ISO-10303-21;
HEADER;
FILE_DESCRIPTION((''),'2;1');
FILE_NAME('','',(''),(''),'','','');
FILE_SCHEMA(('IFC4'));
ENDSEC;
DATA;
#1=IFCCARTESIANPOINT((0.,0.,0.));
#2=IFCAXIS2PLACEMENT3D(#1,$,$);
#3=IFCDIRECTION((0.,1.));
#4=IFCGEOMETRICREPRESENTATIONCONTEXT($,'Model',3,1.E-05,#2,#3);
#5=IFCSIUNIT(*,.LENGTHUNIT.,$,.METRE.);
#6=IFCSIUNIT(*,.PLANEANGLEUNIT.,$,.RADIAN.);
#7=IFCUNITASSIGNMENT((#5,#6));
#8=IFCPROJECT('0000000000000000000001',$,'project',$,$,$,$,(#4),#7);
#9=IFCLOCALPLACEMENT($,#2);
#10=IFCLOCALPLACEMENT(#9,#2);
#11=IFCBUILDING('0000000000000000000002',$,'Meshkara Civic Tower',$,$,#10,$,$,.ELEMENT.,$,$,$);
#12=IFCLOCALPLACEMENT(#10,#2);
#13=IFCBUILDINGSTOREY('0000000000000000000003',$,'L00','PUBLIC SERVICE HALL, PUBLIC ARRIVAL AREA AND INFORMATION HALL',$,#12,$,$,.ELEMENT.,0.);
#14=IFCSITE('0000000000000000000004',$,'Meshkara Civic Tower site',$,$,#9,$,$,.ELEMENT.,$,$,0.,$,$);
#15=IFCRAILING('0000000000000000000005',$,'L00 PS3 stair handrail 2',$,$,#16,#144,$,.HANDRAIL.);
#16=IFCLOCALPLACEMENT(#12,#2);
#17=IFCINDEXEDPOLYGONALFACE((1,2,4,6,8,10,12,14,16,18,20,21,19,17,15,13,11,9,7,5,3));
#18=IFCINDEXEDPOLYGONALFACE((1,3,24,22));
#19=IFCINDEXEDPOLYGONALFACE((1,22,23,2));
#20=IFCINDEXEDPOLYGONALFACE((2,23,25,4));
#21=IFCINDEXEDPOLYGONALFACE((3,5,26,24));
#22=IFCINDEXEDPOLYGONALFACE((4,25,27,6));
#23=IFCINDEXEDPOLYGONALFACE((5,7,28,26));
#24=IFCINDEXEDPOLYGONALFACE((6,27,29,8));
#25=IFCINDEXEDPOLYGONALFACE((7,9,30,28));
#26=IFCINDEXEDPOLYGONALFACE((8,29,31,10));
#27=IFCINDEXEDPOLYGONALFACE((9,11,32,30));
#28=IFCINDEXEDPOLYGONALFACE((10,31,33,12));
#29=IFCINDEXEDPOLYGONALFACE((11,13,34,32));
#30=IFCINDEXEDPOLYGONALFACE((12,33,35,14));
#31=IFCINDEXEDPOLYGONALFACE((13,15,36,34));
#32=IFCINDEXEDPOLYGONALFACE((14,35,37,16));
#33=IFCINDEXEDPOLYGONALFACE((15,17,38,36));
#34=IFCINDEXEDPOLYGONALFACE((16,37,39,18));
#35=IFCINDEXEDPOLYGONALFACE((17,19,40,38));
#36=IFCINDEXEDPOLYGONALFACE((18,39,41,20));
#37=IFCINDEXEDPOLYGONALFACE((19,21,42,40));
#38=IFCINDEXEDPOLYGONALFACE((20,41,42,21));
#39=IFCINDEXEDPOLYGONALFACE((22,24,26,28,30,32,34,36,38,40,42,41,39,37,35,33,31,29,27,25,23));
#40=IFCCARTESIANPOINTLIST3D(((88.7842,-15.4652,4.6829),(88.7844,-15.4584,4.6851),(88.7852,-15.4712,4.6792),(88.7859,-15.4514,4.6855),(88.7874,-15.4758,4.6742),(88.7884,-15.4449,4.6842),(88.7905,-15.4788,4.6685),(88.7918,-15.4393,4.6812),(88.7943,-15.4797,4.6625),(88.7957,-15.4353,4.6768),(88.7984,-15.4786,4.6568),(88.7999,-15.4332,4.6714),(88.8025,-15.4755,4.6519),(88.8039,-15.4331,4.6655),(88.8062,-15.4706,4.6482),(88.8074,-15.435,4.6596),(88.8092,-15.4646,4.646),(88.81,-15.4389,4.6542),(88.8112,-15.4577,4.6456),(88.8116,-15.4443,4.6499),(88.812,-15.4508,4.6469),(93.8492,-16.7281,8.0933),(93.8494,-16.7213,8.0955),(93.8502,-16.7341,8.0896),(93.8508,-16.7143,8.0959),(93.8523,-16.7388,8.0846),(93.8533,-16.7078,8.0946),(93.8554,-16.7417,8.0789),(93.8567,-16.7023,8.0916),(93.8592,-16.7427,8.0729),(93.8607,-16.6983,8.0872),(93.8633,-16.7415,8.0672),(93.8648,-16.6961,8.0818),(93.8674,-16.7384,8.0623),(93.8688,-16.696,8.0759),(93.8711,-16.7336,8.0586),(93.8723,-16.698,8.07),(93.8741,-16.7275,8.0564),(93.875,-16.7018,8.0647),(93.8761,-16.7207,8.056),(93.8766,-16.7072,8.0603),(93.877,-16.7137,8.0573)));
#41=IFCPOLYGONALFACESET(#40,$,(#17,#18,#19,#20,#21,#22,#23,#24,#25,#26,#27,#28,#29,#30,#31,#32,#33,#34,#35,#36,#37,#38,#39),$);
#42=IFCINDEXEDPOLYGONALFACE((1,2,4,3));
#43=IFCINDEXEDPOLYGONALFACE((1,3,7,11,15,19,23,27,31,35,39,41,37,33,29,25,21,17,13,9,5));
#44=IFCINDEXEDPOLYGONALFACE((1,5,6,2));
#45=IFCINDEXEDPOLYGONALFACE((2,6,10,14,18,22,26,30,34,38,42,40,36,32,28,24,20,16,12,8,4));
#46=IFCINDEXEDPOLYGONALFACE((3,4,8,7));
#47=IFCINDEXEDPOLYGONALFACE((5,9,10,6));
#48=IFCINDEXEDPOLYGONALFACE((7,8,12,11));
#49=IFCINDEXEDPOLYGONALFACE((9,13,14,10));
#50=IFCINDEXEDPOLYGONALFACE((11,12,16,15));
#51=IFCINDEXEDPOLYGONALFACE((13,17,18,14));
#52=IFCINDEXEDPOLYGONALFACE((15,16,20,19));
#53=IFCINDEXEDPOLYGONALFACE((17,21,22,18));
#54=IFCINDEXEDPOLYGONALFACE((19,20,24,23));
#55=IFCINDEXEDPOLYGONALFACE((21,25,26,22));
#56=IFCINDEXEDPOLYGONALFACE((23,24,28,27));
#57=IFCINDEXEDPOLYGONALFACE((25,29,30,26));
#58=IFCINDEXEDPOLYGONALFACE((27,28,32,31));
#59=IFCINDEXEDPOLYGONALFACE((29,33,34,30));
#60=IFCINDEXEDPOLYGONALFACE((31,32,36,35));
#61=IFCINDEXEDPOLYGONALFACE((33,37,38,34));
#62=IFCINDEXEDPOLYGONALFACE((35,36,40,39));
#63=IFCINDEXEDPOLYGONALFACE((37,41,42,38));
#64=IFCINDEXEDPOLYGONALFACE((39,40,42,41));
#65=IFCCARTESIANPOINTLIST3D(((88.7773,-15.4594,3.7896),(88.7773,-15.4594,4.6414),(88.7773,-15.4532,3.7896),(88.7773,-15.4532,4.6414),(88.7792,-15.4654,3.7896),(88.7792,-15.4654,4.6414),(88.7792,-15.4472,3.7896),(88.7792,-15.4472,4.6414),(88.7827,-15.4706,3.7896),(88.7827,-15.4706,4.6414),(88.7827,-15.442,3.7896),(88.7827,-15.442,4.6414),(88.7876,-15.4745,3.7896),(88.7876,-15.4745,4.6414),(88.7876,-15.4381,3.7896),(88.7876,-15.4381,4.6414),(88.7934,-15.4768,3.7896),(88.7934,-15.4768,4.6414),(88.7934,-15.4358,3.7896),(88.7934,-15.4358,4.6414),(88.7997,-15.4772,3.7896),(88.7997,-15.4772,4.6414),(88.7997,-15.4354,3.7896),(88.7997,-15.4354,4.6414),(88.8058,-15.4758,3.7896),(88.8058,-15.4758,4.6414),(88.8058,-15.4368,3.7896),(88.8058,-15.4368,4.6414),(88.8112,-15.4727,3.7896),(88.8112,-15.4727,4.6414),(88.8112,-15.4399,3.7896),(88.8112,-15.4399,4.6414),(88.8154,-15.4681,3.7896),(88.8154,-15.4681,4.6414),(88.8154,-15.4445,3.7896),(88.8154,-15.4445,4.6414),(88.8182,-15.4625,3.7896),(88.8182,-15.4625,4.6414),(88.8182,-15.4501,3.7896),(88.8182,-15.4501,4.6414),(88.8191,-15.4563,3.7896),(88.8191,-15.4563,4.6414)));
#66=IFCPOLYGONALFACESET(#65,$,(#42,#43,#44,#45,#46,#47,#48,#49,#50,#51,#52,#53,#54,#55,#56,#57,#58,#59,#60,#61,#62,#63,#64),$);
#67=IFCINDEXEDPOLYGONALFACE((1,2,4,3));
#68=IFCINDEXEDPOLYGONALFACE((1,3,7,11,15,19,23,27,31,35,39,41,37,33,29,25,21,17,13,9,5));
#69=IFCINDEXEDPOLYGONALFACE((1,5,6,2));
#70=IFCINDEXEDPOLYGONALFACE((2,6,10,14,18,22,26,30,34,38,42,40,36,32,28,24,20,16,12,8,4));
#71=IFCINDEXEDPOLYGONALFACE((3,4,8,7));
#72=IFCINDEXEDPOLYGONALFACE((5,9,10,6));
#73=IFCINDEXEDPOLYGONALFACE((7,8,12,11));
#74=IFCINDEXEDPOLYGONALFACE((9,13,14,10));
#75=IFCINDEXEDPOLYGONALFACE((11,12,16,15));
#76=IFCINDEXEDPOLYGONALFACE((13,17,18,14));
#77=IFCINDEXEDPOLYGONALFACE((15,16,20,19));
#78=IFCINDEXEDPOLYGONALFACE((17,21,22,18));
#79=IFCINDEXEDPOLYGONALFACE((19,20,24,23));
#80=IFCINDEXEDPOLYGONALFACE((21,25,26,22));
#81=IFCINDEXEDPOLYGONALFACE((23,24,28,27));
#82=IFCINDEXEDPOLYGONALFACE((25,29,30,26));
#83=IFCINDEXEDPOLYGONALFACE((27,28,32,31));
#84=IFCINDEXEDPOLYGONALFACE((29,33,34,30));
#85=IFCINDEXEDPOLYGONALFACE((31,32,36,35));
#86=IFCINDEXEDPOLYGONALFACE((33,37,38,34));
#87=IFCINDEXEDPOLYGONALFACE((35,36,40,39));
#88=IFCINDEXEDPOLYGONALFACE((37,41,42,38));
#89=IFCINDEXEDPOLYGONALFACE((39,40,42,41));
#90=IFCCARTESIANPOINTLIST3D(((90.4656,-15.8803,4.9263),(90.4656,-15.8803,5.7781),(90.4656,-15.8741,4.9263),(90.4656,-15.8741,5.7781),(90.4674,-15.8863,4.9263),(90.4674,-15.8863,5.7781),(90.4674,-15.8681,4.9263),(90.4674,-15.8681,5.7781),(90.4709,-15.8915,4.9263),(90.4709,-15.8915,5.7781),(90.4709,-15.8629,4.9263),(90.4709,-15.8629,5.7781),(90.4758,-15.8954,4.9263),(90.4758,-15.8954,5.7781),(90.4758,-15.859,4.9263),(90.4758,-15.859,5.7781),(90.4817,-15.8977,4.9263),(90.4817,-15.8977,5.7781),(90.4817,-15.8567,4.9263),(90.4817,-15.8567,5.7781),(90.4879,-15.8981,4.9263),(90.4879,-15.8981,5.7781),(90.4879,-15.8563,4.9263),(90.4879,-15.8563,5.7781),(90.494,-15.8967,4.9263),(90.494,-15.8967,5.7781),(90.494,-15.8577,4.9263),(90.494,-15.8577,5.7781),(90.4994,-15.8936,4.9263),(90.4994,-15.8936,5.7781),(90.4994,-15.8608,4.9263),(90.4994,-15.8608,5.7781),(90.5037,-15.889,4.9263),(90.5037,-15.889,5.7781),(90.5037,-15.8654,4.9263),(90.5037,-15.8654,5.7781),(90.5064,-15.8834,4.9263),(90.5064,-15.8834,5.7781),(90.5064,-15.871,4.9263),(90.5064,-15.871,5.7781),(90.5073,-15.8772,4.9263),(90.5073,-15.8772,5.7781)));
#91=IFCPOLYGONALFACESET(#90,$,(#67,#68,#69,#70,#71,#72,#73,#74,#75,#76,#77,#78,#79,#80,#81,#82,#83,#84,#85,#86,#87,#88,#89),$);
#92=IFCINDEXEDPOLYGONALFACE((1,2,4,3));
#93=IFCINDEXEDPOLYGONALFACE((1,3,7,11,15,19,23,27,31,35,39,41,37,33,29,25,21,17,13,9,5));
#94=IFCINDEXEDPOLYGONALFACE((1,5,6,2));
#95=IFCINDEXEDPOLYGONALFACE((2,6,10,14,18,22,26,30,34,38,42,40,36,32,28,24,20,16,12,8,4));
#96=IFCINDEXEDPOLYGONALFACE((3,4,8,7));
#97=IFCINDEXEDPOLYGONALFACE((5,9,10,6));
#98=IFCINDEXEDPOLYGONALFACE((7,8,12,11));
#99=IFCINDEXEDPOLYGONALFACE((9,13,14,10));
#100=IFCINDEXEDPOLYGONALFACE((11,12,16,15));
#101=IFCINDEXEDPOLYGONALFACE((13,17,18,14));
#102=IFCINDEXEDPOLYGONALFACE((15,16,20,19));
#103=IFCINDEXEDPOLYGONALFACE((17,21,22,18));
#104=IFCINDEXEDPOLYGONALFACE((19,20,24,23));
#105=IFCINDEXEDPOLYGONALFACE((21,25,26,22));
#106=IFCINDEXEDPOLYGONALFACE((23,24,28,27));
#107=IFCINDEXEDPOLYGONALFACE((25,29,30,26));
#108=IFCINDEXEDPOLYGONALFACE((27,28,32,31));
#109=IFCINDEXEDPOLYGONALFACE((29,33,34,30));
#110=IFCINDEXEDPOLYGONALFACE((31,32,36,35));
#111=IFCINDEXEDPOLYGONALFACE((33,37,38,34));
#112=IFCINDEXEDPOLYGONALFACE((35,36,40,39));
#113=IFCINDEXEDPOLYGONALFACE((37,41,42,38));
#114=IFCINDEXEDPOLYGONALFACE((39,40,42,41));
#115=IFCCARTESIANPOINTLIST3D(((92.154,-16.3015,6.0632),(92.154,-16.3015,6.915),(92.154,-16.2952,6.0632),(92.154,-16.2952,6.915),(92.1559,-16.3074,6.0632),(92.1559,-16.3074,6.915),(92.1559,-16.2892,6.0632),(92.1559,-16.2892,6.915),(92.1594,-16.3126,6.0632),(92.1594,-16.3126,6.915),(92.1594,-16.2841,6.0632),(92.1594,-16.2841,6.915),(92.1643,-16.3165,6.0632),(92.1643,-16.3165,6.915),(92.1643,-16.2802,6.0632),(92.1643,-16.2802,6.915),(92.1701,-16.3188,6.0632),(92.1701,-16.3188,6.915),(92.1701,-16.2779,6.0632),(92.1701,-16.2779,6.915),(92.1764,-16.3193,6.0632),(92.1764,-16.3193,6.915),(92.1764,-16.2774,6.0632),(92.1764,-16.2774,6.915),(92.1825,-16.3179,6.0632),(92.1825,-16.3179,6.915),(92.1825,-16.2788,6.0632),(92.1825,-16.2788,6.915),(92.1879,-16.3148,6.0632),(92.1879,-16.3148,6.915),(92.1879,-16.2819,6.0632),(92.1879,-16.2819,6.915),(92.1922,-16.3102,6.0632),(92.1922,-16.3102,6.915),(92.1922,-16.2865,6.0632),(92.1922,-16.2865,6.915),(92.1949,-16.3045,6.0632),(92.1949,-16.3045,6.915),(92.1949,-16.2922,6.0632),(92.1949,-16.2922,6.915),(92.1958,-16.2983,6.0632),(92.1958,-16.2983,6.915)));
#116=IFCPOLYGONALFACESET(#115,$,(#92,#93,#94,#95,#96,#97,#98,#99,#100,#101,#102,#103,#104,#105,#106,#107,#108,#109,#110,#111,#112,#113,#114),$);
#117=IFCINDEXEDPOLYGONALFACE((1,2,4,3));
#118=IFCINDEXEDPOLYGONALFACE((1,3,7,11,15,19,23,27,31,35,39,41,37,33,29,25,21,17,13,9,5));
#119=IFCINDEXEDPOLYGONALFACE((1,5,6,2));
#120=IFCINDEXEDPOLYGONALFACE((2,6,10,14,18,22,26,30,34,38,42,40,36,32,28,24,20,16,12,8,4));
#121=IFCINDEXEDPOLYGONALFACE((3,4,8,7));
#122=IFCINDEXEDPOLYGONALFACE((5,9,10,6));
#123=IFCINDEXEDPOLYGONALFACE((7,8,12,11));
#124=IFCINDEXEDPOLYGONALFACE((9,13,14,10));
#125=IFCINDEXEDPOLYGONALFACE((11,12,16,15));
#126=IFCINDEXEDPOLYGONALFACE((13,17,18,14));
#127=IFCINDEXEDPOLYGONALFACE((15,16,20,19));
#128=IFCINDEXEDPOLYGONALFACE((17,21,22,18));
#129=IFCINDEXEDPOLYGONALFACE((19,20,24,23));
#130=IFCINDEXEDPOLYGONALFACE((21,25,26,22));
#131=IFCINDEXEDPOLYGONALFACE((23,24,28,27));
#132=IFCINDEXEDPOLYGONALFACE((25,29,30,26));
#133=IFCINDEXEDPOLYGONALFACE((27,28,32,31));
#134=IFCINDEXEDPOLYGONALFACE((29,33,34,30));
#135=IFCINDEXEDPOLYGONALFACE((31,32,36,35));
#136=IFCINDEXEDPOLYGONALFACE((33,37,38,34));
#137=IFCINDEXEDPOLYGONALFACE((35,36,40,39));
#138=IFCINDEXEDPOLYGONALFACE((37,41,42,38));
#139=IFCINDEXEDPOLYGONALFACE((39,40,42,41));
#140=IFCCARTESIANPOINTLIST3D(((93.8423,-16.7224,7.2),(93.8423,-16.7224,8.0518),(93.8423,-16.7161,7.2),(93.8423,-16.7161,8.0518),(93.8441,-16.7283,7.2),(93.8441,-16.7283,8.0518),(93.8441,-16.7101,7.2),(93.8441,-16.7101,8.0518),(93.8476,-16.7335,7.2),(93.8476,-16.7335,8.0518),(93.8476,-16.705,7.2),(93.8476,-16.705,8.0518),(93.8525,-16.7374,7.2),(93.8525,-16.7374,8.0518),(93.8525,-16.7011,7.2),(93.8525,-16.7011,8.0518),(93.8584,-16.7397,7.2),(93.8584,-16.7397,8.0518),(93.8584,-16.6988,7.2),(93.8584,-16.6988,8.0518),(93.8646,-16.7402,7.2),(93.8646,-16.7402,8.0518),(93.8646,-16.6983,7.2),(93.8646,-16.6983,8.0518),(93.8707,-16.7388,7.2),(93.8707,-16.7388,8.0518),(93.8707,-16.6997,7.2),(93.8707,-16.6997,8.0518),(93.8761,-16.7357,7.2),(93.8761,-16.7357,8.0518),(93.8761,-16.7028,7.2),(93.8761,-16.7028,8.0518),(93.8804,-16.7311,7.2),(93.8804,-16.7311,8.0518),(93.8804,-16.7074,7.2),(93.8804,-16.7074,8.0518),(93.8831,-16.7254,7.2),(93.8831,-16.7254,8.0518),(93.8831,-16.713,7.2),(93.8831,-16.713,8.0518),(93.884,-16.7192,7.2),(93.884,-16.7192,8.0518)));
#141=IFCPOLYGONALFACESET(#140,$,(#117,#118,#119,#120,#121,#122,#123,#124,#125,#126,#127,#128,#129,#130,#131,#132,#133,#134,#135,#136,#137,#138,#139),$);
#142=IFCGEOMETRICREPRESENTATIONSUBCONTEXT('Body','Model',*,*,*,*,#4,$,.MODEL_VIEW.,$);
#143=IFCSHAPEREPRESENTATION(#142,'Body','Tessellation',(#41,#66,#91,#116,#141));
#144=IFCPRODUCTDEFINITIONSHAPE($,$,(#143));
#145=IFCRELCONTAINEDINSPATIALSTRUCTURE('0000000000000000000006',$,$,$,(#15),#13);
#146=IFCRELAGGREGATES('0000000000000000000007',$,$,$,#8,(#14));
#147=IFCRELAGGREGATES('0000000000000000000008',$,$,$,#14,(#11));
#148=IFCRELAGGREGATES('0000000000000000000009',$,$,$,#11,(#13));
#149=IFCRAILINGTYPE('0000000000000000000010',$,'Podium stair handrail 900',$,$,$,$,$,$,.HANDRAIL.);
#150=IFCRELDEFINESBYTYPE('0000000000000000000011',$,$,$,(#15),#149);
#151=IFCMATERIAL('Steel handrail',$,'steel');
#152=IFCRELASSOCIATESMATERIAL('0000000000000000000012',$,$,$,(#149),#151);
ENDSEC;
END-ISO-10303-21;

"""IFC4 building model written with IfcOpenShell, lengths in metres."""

from ifc_helpers import new_model, si_unit, direction, frame, origin, origin_2d, place, context, subcontext, project, spatial, circle, extrude, material, type_object, element, save


model = new_model("IFC4")

# Units and contexts
model_context = context("Model", 3, precision=1e-05, world=origin(), true_north=direction((0.0, 1.0)))
body_context = subcontext(model_context, "Body", "Model", "MODEL_VIEW")
ifc_project = project(units=[si_unit("LENGTHUNIT", "METRE"), si_unit("PLANEANGLEUNIT", "RADIAN")], contexts=[model_context])

# Site, building, storey
site_placement = place(None, origin())
site = spatial("IfcSite", under=ifc_project, at=site_placement, Name="Meshkara Civic Tower site", CompositionType="ELEMENT", RefElevation=0.0)
building_placement = place(site_placement, origin())
building = spatial("IfcBuilding", under=site, at=building_placement, Name="Meshkara Civic Tower", CompositionType="ELEMENT")
storey_placement = place(building_placement, origin())
storey = spatial("IfcBuildingStorey", under=building, at=storey_placement, Name="L00", Description="PUBLIC SERVICE HALL, PUBLIC ARRIVAL AREA AND INFORMATION HALL", CompositionType="ELEMENT", Elevation=0.0)

# Railing
ifc_material_1 = material(Name="Steel handrail", Category="steel")
railing_type_1 = type_object("IfcRailingType", Name="Podium stair handrail 900", PredefinedType="HANDRAIL", material=ifc_material_1)
railing_1_placement = place(storey_placement, frame((88.7981, -15.4563, 3.7896)))
element("IfcRailing", 1, at=railing_1_placement, inside=storey, type_object=railing_type_1, Name="L00 PS3 stair handrail 2", PredefinedType="HANDRAIL", context=body_context, shape_type="SweptSolid", body=[
    extrude(circle(Radius=0.0239, at=origin_2d()), frame((0.0, 0.0, 0.876), z_axis=(0.812296, -0.202545, 0.546947), x_axis=(0.241941, 0.970291, 0.0)), (0.0, 0.0, 1.0), 6.2354),
    extrude(circle(Radius=0.021, at=origin_2d()), origin(), (0.0, 0.0, 1.0), 0.8518),
    extrude(circle(Radius=0.021, at=origin_2d()), frame((1.6882, -0.4209, 1.1367)), (0.0, 0.0, 1.0), 0.8518),
    extrude(circle(Radius=0.021, at=origin_2d()), frame((3.3767, -0.842, 2.2737)), (0.0, 0.0, 1.0), 0.8518),
    extrude(circle(Radius=0.021, at=origin_2d()), frame((5.0649, -1.2629, 3.4104)), (0.0, 0.0, 1.0), 0.8518),
])

save(model, "model.ifc")
